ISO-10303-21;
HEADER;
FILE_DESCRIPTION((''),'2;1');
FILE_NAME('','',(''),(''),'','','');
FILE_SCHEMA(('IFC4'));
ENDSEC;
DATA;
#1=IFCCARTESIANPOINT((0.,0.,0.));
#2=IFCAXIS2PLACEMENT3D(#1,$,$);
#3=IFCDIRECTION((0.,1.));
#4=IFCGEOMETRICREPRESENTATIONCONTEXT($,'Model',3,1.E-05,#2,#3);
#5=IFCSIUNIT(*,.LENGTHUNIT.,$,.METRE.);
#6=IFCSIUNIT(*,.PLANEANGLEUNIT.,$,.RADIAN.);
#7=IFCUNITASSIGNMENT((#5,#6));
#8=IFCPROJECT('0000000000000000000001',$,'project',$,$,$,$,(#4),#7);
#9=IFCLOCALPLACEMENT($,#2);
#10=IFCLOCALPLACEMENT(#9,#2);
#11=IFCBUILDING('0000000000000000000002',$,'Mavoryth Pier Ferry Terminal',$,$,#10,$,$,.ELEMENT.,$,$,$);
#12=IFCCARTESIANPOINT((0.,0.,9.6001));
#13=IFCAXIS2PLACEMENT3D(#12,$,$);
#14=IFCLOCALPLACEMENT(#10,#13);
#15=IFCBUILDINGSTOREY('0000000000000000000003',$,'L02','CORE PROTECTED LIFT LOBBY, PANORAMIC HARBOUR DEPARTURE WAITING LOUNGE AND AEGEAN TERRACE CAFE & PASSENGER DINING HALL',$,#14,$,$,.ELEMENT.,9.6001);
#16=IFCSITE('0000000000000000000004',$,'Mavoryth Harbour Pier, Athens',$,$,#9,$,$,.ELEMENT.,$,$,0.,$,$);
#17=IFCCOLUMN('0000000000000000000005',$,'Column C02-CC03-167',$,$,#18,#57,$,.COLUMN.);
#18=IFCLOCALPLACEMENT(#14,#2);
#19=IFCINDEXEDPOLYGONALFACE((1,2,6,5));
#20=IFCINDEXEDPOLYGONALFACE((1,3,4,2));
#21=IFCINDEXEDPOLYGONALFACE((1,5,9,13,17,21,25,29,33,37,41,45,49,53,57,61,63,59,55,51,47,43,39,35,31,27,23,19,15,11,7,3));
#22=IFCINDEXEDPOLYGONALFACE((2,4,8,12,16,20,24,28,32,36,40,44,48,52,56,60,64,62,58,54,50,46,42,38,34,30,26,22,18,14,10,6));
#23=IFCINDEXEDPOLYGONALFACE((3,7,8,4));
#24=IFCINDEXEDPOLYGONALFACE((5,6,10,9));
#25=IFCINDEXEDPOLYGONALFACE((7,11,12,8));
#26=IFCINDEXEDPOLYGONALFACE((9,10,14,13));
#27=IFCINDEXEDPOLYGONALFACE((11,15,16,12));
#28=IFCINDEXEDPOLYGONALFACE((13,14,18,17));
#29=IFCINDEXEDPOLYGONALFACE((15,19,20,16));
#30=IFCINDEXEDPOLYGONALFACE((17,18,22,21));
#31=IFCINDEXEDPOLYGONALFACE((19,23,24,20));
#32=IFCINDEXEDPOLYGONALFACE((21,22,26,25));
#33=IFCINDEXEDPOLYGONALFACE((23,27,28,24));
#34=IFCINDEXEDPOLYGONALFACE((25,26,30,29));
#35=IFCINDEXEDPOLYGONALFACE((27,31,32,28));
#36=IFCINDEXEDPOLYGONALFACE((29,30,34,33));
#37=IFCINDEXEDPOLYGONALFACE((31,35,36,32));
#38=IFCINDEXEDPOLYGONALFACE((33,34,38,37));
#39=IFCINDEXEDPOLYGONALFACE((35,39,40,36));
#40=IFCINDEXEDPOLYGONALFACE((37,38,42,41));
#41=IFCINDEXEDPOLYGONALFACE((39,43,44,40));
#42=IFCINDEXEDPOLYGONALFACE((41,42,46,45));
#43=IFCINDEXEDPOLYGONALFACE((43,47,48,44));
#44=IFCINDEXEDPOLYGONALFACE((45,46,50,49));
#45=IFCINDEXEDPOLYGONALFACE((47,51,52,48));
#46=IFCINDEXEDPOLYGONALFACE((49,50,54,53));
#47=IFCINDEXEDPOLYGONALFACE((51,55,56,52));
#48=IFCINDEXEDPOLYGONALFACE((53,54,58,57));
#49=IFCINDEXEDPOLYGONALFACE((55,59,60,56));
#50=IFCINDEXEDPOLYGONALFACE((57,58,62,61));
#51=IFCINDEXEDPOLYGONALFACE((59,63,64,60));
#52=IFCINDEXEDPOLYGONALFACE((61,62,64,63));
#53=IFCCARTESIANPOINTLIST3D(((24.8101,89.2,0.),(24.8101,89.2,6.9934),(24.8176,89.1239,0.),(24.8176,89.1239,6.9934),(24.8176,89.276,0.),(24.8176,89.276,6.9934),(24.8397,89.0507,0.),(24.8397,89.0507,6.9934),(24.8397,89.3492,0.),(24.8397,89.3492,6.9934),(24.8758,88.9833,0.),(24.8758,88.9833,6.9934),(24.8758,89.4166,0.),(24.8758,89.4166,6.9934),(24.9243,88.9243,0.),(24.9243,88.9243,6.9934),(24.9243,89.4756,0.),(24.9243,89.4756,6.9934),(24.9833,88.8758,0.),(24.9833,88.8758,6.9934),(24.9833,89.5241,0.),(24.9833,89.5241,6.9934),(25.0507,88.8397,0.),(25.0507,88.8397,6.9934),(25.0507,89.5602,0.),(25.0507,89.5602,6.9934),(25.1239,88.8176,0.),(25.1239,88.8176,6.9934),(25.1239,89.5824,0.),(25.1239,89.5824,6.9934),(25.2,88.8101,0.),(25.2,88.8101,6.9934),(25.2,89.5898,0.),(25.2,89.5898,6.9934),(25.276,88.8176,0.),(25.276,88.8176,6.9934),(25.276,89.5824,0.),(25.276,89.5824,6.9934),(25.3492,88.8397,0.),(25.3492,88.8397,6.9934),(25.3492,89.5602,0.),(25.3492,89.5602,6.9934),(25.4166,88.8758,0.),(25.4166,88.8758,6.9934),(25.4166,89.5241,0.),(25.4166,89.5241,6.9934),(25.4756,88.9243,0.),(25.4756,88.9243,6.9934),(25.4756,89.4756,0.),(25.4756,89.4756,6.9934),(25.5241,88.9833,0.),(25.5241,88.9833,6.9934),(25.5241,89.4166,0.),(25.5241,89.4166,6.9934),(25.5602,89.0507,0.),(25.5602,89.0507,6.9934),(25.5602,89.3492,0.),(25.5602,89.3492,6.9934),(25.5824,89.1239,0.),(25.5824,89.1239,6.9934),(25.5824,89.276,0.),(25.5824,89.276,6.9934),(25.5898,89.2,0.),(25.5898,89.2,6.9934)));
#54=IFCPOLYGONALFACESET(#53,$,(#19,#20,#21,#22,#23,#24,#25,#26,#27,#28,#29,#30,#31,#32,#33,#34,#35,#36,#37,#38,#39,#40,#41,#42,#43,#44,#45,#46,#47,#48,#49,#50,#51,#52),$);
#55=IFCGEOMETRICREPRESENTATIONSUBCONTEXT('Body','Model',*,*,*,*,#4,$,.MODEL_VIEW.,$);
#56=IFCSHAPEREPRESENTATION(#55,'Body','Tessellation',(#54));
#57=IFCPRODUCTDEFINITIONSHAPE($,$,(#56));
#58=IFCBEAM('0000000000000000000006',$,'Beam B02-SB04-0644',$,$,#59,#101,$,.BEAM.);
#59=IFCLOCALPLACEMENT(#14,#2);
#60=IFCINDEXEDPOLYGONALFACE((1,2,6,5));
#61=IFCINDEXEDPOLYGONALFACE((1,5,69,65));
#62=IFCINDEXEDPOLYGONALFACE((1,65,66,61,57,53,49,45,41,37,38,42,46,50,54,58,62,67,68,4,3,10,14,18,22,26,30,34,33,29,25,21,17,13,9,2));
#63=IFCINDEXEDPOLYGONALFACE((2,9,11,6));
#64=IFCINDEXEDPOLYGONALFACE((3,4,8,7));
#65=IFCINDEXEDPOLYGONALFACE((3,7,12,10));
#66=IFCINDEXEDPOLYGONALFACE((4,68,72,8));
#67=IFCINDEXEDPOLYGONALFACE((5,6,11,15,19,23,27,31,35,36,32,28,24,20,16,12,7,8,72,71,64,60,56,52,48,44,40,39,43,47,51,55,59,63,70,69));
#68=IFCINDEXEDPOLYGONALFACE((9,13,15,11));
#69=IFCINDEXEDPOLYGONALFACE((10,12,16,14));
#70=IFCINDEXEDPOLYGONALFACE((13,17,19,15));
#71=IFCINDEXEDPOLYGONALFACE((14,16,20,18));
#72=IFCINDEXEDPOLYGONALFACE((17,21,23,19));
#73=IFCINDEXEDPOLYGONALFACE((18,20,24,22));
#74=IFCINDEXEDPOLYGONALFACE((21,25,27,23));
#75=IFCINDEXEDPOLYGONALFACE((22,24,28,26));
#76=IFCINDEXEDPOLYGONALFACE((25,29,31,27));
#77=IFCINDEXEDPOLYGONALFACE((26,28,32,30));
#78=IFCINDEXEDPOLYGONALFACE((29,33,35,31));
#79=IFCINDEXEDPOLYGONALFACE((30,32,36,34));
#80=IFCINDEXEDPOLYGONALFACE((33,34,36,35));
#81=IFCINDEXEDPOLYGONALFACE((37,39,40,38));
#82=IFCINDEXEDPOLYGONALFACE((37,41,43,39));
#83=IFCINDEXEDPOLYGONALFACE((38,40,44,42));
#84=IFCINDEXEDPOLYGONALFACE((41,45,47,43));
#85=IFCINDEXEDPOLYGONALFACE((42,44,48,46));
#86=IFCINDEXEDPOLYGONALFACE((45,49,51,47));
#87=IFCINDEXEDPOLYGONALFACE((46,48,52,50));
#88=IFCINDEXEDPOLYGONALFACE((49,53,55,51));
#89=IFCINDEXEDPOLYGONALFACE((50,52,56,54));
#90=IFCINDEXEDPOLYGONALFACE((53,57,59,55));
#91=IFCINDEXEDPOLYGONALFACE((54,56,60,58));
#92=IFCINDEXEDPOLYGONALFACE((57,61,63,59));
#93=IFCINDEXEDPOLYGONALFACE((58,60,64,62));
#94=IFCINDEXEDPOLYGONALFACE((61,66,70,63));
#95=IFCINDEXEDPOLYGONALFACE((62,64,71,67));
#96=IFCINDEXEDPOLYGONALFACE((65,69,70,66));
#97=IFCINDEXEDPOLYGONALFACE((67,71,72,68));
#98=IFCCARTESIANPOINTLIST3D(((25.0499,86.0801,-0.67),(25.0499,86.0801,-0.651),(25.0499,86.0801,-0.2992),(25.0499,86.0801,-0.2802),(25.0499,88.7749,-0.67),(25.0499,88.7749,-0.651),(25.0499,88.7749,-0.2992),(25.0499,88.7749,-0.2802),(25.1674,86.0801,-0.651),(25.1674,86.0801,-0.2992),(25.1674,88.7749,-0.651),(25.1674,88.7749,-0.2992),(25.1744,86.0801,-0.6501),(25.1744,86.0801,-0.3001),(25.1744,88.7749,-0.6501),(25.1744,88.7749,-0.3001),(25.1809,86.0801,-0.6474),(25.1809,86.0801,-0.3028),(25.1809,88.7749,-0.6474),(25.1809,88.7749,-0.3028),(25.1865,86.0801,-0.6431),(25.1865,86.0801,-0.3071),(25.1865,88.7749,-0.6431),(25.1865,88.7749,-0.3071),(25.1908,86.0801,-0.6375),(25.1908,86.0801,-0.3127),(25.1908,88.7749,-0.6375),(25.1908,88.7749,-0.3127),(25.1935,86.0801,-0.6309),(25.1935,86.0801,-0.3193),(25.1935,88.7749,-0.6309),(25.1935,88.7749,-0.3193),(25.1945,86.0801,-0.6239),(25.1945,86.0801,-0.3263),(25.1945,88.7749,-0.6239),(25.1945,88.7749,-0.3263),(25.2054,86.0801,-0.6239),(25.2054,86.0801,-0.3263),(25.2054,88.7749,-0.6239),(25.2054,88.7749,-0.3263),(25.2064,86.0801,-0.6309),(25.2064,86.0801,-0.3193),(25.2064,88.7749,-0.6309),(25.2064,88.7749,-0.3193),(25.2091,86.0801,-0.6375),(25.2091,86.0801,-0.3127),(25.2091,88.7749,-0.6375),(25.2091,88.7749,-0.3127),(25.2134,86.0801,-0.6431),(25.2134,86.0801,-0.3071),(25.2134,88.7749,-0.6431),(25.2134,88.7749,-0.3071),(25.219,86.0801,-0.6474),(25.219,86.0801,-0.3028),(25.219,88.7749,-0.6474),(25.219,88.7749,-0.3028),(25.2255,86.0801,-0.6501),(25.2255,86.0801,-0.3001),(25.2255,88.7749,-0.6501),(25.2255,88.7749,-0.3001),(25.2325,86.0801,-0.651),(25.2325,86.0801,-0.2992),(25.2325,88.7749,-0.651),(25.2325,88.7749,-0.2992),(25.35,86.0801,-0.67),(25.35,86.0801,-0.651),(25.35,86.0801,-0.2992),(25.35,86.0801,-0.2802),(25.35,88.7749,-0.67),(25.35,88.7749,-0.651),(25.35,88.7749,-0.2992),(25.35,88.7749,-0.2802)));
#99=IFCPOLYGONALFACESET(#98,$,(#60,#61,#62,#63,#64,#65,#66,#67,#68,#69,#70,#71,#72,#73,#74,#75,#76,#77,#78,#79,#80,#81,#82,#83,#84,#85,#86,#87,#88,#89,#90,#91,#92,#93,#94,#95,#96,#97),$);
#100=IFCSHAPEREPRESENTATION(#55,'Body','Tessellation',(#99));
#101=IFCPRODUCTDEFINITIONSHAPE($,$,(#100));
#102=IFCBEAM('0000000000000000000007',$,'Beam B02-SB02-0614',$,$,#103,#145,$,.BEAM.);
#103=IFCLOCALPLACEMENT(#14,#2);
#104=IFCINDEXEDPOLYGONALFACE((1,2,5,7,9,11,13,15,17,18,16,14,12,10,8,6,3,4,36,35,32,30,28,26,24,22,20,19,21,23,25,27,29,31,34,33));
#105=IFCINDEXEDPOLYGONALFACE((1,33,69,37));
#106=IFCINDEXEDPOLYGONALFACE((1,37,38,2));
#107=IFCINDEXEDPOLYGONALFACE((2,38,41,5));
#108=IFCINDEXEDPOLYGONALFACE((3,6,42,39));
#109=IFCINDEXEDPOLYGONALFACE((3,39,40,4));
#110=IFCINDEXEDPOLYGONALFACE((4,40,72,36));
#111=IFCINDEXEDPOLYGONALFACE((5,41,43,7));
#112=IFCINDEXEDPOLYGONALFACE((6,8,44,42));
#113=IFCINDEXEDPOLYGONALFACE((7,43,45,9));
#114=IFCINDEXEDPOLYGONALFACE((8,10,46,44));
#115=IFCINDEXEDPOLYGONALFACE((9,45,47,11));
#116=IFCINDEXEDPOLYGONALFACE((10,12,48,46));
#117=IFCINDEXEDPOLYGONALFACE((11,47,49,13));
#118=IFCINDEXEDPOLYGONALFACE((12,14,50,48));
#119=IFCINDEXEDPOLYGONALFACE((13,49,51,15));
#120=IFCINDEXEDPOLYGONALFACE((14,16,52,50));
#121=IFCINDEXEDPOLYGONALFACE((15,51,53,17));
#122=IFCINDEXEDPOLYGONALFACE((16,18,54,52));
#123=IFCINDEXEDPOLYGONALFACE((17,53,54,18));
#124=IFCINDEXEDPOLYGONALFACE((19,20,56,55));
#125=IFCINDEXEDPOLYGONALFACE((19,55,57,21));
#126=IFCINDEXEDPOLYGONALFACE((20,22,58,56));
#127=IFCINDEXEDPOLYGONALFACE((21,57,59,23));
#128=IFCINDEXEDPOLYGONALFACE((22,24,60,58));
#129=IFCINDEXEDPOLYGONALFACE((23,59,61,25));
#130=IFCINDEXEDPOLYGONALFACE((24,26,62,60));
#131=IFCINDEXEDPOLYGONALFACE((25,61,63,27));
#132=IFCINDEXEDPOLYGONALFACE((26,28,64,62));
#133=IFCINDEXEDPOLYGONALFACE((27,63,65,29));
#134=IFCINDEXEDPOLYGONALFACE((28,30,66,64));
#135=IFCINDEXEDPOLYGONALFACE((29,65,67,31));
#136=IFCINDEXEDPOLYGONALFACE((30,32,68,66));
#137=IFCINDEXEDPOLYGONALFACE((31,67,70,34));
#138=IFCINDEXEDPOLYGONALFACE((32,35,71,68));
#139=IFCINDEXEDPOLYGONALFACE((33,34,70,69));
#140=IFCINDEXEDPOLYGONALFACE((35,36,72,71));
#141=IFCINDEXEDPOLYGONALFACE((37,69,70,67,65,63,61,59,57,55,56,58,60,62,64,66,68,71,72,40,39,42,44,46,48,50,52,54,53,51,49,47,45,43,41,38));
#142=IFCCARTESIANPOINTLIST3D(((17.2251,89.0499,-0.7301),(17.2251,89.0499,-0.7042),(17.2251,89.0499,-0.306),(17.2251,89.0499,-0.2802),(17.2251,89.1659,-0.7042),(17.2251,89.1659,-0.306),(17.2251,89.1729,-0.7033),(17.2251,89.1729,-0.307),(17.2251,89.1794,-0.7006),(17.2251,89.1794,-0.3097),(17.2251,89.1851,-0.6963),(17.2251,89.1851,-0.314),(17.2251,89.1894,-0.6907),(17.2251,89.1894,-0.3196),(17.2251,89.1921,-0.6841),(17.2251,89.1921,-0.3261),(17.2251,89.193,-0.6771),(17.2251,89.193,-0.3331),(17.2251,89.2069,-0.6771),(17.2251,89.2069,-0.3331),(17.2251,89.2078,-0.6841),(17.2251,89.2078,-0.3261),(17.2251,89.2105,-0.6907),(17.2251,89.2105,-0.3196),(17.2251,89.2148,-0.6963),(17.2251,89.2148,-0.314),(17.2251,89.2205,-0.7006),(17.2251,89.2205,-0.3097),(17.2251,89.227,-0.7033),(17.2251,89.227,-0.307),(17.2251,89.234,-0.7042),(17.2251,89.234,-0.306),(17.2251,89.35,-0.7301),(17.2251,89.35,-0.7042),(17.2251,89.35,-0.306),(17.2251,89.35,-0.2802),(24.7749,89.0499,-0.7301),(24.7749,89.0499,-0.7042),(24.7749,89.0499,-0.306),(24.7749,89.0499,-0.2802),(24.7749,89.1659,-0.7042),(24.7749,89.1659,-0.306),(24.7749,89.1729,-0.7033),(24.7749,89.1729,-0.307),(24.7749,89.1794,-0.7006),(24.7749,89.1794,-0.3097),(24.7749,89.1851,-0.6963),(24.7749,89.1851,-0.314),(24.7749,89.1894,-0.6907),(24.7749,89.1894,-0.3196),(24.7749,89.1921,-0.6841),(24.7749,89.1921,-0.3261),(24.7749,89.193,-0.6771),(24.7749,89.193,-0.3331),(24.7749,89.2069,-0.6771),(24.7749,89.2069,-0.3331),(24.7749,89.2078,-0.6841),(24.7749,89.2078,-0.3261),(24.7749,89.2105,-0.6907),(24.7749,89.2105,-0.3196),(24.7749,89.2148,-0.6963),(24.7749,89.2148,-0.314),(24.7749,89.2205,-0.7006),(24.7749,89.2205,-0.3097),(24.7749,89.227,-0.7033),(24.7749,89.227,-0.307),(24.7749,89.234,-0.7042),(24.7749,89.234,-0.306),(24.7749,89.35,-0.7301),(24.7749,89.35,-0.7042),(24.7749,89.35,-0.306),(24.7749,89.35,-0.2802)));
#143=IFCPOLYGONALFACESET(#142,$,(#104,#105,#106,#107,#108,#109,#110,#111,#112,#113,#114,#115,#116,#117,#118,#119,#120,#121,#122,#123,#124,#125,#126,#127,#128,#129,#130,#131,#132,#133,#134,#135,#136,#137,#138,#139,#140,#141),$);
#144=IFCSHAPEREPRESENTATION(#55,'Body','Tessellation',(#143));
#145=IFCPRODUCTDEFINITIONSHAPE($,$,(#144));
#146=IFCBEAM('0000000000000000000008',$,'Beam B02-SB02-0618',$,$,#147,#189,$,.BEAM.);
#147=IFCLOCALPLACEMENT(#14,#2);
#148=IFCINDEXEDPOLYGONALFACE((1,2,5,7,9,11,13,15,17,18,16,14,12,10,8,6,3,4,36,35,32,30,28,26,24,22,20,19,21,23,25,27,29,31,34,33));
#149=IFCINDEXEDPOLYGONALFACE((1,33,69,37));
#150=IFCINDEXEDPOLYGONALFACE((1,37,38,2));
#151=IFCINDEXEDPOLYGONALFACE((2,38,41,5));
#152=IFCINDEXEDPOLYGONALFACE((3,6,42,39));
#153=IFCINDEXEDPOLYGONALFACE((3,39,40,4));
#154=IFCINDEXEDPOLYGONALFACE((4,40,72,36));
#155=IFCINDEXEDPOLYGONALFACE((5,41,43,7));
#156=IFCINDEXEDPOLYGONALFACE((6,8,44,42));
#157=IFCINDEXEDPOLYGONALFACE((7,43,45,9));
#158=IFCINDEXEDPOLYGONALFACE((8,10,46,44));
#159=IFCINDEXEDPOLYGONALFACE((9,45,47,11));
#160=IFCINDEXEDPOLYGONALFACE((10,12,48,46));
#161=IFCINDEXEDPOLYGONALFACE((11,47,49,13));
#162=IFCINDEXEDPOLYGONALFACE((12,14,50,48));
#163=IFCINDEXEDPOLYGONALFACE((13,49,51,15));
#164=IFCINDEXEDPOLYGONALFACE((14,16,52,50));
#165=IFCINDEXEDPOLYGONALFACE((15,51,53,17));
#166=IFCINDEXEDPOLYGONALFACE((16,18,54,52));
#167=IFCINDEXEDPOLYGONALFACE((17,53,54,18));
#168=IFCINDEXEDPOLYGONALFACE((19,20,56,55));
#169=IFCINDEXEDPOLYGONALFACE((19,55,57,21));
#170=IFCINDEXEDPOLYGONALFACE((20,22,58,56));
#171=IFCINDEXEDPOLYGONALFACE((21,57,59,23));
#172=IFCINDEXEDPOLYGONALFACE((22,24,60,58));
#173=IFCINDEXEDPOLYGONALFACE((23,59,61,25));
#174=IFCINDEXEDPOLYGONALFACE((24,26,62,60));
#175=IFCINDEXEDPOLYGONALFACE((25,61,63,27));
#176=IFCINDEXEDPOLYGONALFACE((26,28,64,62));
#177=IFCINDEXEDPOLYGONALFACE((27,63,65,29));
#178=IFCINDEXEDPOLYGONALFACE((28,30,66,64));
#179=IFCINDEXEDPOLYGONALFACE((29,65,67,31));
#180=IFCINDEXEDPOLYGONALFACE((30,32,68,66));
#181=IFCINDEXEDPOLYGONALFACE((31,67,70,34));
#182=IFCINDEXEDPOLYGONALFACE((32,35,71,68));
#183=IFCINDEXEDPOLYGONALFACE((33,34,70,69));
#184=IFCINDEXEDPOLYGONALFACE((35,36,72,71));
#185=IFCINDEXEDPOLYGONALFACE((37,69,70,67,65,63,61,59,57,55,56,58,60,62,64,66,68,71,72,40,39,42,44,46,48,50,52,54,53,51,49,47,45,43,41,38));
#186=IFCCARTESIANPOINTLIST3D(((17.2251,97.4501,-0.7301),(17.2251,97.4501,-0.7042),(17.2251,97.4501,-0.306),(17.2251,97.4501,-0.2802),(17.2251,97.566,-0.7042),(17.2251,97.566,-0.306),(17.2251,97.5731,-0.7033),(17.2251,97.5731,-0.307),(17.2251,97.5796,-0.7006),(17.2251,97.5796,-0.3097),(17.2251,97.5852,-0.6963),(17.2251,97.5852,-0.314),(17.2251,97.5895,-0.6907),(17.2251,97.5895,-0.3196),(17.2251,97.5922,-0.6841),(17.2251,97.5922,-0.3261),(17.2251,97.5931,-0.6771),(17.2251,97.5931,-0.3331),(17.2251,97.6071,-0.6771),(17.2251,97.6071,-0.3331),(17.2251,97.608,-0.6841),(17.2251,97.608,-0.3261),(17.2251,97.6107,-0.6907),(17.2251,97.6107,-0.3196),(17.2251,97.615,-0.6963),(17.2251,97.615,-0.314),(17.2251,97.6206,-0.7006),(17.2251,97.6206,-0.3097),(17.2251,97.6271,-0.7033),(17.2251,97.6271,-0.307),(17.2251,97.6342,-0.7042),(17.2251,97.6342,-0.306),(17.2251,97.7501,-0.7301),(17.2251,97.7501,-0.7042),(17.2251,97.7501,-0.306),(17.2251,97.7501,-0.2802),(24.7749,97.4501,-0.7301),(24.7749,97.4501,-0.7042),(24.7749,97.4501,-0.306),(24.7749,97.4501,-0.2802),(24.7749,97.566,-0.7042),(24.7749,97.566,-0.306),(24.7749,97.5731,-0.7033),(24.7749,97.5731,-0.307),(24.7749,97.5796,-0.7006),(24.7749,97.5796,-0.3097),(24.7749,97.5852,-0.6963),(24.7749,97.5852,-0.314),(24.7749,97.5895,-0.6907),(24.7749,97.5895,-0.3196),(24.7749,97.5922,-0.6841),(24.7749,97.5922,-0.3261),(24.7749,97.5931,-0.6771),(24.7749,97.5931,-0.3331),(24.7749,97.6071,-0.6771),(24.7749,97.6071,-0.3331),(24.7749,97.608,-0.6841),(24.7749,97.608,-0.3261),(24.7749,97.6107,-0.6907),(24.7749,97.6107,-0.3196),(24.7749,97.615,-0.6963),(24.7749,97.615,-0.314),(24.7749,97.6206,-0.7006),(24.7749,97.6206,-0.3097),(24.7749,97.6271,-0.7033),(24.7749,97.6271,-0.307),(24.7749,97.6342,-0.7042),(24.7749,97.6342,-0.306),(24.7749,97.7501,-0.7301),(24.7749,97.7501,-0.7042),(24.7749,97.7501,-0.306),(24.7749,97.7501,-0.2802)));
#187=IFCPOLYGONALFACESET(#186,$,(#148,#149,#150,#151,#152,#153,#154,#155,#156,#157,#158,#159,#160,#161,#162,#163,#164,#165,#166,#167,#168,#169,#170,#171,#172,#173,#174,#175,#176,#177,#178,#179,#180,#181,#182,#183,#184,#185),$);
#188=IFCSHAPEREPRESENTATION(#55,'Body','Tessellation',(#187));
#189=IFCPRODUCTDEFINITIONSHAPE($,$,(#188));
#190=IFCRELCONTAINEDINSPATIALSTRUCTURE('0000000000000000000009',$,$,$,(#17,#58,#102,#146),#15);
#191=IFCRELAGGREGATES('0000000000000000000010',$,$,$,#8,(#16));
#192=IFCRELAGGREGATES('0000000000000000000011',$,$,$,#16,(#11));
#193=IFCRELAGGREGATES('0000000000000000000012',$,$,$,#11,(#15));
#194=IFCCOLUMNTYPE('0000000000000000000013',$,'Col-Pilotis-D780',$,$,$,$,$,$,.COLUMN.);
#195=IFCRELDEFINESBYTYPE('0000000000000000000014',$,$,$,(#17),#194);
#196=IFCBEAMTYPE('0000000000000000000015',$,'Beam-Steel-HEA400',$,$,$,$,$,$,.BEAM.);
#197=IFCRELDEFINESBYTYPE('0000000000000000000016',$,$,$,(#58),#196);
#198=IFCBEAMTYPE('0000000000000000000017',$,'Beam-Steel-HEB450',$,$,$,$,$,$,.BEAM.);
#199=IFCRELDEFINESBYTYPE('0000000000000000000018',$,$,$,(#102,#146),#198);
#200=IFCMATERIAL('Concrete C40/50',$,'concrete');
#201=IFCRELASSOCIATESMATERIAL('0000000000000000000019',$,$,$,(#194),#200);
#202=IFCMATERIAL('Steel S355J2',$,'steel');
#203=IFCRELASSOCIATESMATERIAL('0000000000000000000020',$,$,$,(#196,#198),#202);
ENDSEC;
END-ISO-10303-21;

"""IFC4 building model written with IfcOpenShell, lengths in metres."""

from ifc_helpers import new_model, si_unit, direction, frame, origin, origin_2d, place, context, subcontext, project, spatial, circle, i_section, extrude, material, material_profile, profile_set, type_object, element, save


model = new_model("IFC4")

# Units and contexts
model_context = context("Model", 3, precision=1e-05, world=origin(), true_north=direction((0.0, 1.0)))
body_context = subcontext(model_context, "Body", "Model", "MODEL_VIEW")
ifc_project = project(units=[si_unit("LENGTHUNIT", "METRE"), si_unit("PLANEANGLEUNIT", "RADIAN")], contexts=[model_context])

# Site, building, storey
site_placement = place(None, origin())
site = spatial("IfcSite", under=ifc_project, at=site_placement, Name="Mavoryth Harbour Pier, Athens", CompositionType="ELEMENT", RefElevation=0.0)
building_placement = place(site_placement, origin())
building = spatial("IfcBuilding", under=site, at=building_placement, Name="Mavoryth Pier Ferry Terminal", CompositionType="ELEMENT")
storey_placement = place(building_placement, frame((0.0, 0.0, 9.6001)))
storey = spatial("IfcBuildingStorey", under=building, at=storey_placement, Name="L02", Description="CORE PROTECTED LIFT LOBBY, PANORAMIC HARBOUR DEPARTURE WAITING LOUNGE AND AEGEAN TERRACE CAFE & PASSENGER DINING HALL", CompositionType="ELEMENT", Elevation=9.6001)

# Column
ifc_material_1 = material(Name="Concrete C40/50", Category="concrete")
ifc_material_profile_1 = material_profile(ifc_material_1, circle(Radius=0.3899, at=origin_2d()), Name="RC D780", Category="concrete")
ifc_profile_set_1 = profile_set([ifc_material_profile_1], Name="Concrete C40/50 - RC D780")
column_type = type_object("IfcColumnType", Name="Col-Pilotis-D780", PredefinedType="COLUMN", material=ifc_profile_set_1)
column_placement = place(storey_placement, frame((25.2, 89.2, 0.0), z_axis=(0.0, 0.0, 1.0), x_axis=(1.0, 0.0, 0.0)))
element("IfcColumn", 1, at=column_placement, inside=storey, type_object=column_type, Name="Column C02-CC03-167", PredefinedType="COLUMN", context=body_context, shape_type="SweptSolid", body=[
    extrude(circle(Radius=0.3899, at=origin_2d()), origin(), (0.0, 0.0, 1.0), 6.9934),
])

# Beams
ifc_material_2 = material(Name="Steel S355J2", Category="steel")
ifc_material_profile_2 = material_profile(ifc_material_2, i_section(OverallWidth=0.3, OverallDepth=0.3899, WebThickness=0.011, FlangeThickness=0.019, FilletRadius=0.0271, at=origin_2d()), Name="HEA 400", Category="steel")
ifc_profile_set_2 = profile_set([ifc_material_profile_2], Name="Steel S355J2 - HEA 400")
beam_type_1 = type_object("IfcBeamType", Name="Beam-Steel-HEA400", PredefinedType="BEAM", material=ifc_profile_set_2)
beam_1_placement = place(storey_placement, frame((25.2, 86.0801, -0.4751), z_axis=(0.0, 1.0, 0.0), x_axis=(-1.0, 0.0, 0.0)))
element("IfcBeam", 2, at=beam_1_placement, inside=storey, type_object=beam_type_1, Name="Beam B02-SB04-0644", PredefinedType="BEAM", context=body_context, shape_type="SweptSolid", body=[
    extrude(i_section(OverallWidth=0.3, OverallDepth=0.3899, WebThickness=0.011, FlangeThickness=0.019, FilletRadius=0.0271, at=origin_2d()), origin(), (0.0, 0.0, 1.0), 2.6948),
])
ifc_material_profile_3 = material_profile(ifc_material_2, i_section(OverallWidth=0.3, OverallDepth=0.45, WebThickness=0.0139, FlangeThickness=0.0259, FilletRadius=0.0271, at=origin_2d()), Name="HEB 450", Category="steel")
ifc_profile_set_3 = profile_set([ifc_material_profile_3], Name="Steel S355J2 - HEB 450")
beam_type_2 = type_object("IfcBeamType", Name="Beam-Steel-HEB450", PredefinedType="BEAM", material=ifc_profile_set_3)
for number, where, z_axis, x_axis, name in (
    (3, (17.2251, 89.2, -0.5051), (1.0, 0.0, 0.0), (0.0, 1.0, 0.0), "Beam B02-SB02-0614"),
    (4, (17.2251, 97.6001, -0.5051), (1.0, 0.0, 0.0), (0.0, 1.0, 0.0), "Beam B02-SB02-0618"),
):
    element("IfcBeam", number, at=place(storey_placement, frame(where, z_axis=z_axis, x_axis=x_axis)), inside=storey, type_object=beam_type_2, Name=name, PredefinedType="BEAM", context=body_context, shape_type="SweptSolid", body=[
        extrude(i_section(OverallWidth=0.3, OverallDepth=0.45, WebThickness=0.0139, FlangeThickness=0.0259, FilletRadius=0.0271, at=origin_2d()), origin(), (0.0, 0.0, 1.0), 7.5498),
    ])

save(model, "model.ifc")
